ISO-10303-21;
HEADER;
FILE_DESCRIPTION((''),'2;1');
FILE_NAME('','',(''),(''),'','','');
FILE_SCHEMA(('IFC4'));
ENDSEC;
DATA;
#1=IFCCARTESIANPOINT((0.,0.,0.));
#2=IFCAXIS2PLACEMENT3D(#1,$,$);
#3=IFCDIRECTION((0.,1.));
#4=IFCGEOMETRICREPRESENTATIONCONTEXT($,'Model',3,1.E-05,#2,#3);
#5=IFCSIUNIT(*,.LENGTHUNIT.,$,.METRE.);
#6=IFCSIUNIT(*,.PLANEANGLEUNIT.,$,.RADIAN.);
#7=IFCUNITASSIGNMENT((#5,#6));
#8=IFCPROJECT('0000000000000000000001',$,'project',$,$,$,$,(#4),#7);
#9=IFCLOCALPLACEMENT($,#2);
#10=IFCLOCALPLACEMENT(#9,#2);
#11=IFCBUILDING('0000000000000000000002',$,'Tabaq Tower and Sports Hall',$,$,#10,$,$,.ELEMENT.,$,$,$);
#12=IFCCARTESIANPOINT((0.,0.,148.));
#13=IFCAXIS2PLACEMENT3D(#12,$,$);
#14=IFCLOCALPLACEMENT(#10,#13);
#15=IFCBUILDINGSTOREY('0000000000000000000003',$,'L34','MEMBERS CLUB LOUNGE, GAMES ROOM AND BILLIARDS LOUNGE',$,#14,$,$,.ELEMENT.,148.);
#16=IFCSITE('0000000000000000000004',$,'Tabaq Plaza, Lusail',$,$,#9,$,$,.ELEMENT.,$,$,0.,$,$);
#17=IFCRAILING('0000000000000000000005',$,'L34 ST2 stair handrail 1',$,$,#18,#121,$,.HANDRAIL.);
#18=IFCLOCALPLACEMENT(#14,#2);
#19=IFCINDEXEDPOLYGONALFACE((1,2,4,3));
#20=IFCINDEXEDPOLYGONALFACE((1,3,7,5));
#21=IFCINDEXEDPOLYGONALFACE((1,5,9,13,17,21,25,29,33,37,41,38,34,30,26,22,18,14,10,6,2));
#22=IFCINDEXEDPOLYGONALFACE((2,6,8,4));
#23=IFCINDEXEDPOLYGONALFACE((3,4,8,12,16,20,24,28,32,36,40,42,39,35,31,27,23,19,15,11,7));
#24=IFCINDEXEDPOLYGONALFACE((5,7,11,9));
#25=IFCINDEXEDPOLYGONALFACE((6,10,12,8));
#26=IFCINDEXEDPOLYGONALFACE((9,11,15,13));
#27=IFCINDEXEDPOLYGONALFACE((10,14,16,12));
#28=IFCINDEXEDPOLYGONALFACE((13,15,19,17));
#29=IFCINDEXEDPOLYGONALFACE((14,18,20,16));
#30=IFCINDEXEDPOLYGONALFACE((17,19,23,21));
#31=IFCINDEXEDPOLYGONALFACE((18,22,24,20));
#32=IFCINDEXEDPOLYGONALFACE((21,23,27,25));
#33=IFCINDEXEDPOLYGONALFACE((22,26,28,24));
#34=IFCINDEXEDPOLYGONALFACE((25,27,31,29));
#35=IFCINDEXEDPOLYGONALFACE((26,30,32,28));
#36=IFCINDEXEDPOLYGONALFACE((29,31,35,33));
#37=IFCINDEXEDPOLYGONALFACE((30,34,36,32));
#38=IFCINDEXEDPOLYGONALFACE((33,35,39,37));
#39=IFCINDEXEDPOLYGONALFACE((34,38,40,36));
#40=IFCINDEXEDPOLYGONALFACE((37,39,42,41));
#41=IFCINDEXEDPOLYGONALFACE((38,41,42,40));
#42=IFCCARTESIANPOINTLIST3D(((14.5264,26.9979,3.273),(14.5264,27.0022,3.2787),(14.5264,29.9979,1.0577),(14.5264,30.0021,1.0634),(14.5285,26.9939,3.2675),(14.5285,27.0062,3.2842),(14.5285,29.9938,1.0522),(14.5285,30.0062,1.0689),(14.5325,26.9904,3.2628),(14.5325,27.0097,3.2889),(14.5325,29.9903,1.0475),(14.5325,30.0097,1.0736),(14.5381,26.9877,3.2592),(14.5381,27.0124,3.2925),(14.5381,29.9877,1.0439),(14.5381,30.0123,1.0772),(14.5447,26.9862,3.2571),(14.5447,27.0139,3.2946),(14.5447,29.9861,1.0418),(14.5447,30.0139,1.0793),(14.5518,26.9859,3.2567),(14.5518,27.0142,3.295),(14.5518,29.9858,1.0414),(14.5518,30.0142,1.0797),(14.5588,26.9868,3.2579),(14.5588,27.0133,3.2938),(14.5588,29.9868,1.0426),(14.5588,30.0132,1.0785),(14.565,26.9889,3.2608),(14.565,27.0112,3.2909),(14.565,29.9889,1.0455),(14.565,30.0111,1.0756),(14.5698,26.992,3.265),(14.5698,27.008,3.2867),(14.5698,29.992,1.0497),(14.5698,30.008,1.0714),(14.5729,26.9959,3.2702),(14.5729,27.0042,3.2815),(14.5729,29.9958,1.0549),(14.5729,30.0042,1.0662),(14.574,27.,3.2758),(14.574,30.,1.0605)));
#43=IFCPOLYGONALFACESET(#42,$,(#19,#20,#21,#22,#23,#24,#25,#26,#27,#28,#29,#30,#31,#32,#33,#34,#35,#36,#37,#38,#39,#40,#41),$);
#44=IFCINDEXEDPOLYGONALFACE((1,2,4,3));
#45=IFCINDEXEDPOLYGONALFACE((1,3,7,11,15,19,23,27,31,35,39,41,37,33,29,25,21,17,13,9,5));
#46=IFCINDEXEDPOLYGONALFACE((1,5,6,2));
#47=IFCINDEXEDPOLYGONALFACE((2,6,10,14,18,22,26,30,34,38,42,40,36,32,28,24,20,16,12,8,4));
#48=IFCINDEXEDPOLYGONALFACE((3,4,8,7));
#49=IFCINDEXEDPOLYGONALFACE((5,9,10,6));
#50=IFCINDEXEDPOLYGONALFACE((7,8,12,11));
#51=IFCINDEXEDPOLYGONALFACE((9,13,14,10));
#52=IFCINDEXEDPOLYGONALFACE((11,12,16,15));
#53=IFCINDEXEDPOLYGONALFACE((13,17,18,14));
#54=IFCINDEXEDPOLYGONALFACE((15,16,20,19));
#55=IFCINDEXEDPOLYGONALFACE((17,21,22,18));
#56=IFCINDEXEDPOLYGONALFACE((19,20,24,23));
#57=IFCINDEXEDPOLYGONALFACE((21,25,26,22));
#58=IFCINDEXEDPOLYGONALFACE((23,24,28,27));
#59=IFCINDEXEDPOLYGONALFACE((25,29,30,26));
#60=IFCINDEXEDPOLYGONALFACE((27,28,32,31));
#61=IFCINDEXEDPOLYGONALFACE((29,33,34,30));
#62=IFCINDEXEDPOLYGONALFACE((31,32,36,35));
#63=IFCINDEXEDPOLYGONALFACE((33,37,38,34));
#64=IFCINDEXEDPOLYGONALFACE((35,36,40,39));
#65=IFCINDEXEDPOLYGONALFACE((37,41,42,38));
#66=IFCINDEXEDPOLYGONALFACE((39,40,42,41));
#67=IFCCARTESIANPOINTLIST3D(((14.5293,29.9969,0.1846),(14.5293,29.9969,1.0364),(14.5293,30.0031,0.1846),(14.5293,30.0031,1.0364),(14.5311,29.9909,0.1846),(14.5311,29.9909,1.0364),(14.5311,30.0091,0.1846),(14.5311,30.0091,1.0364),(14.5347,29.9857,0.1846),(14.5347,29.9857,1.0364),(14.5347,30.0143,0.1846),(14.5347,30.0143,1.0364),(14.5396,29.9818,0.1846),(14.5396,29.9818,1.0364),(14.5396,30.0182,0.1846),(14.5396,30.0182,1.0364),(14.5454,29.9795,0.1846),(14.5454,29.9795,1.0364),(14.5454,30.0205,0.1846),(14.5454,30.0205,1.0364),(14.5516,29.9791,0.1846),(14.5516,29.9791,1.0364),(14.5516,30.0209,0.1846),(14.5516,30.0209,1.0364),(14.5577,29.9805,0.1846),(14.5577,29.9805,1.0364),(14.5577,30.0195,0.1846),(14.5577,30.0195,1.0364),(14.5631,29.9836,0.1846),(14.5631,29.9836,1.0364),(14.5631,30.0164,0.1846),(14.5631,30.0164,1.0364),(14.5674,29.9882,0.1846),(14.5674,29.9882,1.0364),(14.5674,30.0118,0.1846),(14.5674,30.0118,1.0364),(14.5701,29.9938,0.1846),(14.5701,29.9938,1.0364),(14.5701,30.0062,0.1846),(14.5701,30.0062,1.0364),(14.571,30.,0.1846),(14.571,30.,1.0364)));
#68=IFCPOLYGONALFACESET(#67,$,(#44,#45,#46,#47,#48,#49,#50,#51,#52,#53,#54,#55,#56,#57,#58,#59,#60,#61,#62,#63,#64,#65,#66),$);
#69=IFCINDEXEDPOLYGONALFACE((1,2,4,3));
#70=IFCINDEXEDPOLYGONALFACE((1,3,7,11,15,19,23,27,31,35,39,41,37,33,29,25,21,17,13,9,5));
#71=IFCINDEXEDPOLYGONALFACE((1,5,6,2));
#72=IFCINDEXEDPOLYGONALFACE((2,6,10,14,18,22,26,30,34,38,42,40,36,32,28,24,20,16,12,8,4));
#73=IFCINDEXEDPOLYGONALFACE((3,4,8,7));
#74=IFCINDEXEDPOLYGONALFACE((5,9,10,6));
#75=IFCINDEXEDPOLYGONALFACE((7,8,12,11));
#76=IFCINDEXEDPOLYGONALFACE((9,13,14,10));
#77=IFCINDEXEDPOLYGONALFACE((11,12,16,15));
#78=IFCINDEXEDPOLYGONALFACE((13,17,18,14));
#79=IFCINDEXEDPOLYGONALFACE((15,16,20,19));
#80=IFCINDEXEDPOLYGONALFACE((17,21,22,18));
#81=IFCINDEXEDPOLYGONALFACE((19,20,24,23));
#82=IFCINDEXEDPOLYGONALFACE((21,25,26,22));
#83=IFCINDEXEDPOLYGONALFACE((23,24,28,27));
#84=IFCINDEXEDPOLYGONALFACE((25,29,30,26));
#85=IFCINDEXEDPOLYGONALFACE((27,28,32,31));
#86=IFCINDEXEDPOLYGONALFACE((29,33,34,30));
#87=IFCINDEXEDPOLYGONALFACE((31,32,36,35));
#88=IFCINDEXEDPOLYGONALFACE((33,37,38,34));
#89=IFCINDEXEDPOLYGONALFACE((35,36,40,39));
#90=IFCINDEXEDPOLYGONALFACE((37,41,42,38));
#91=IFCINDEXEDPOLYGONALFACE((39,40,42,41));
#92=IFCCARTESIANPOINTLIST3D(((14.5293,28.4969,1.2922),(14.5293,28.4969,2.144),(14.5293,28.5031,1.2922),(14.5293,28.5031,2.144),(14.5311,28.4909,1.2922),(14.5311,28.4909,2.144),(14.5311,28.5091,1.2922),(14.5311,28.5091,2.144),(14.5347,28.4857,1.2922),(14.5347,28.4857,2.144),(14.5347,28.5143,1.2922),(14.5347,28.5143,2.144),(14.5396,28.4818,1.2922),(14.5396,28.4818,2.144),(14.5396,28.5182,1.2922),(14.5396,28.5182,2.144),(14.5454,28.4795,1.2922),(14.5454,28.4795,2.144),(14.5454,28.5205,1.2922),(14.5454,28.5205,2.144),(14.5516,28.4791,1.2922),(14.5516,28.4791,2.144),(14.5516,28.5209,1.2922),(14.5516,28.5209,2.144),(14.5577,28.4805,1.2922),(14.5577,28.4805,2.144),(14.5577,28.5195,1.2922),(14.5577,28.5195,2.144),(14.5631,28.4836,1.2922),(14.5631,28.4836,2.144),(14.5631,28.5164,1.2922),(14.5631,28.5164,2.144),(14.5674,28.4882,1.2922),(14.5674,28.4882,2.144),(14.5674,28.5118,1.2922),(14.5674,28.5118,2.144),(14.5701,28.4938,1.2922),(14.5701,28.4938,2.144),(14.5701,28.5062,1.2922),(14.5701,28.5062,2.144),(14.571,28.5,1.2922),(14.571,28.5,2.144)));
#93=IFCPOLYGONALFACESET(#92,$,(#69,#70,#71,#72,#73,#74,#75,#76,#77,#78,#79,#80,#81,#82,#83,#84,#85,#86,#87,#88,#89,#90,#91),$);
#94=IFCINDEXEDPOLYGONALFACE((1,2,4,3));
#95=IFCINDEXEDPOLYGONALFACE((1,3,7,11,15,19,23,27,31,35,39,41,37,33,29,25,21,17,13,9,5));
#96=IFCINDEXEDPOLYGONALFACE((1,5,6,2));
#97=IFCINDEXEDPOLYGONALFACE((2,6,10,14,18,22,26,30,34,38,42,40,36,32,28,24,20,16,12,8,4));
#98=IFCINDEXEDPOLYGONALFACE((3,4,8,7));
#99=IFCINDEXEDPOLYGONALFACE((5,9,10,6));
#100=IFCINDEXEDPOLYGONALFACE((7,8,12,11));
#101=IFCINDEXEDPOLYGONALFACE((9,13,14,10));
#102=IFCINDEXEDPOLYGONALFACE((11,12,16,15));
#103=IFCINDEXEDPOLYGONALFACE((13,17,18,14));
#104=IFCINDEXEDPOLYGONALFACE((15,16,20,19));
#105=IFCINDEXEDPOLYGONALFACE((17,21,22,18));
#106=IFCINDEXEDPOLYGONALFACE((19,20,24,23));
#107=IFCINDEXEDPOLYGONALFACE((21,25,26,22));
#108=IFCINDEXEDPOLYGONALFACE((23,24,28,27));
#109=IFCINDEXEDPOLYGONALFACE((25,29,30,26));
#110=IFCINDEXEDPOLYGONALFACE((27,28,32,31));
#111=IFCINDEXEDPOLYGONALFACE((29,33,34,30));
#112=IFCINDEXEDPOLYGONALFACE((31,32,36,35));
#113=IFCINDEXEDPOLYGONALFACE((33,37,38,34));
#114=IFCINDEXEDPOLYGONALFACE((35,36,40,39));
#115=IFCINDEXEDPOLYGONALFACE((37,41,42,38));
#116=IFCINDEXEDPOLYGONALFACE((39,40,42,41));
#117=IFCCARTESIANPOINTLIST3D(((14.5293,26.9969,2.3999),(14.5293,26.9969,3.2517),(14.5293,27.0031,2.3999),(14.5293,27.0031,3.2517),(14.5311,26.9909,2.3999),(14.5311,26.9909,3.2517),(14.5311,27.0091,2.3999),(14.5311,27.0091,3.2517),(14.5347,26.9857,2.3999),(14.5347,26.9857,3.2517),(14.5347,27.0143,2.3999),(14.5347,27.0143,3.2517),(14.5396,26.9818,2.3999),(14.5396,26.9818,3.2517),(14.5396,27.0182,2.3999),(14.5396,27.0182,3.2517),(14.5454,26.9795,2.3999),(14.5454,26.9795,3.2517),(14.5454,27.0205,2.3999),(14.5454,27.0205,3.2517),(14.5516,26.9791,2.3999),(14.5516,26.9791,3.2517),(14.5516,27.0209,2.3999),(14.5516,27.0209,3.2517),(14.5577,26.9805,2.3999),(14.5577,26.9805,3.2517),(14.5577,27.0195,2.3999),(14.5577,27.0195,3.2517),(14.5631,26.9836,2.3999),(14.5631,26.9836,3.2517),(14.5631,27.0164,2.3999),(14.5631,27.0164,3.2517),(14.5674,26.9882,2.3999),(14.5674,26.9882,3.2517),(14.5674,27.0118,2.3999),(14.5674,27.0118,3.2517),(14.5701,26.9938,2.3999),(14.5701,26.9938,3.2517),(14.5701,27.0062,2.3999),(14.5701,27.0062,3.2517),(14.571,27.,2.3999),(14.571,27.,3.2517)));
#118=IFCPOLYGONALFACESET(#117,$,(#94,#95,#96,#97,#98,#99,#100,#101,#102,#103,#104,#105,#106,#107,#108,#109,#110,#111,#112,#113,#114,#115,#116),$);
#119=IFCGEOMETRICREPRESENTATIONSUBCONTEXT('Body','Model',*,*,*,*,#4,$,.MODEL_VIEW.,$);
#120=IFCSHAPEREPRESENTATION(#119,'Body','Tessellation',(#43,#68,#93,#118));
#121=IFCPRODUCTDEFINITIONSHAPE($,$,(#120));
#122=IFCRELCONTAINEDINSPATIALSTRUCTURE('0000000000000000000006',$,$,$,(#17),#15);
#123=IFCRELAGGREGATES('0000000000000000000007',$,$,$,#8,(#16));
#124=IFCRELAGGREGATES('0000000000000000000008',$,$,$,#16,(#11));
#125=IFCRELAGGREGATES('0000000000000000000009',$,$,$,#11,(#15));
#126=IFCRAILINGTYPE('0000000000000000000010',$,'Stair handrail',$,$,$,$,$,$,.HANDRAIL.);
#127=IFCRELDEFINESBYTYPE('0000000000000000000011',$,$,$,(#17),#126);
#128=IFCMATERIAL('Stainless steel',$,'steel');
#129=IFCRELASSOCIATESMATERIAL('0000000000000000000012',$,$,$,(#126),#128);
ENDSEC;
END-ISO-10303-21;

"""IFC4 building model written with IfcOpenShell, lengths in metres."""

from ifc_helpers import new_model, si_unit, direction, frame, origin, origin_2d, place, context, subcontext, project, spatial, circle, extrude, material, type_object, element, save


model = new_model("IFC4")

# Units and contexts
model_context = context("Model", 3, precision=1e-05, world=origin(), true_north=direction((0.0, 1.0)))
body_context = subcontext(model_context, "Body", "Model", "MODEL_VIEW")
ifc_project = project(units=[si_unit("LENGTHUNIT", "METRE"), si_unit("PLANEANGLEUNIT", "RADIAN")], contexts=[model_context])

# Site, building, storey
site_placement = place(None, origin())
site = spatial("IfcSite", under=ifc_project, at=site_placement, Name="Tabaq Plaza, Lusail", CompositionType="ELEMENT", RefElevation=0.0)
building_placement = place(site_placement, origin())
building = spatial("IfcBuilding", under=site, at=building_placement, Name="Tabaq Tower and Sports Hall", CompositionType="ELEMENT")
storey_placement = place(building_placement, frame((0.0, 0.0, 148.0)))
storey = spatial("IfcBuildingStorey", under=building, at=storey_placement, Name="L34", Description="MEMBERS CLUB LOUNGE, GAMES ROOM AND BILLIARDS LOUNGE", CompositionType="ELEMENT", Elevation=148.0)

# Railing
ifc_material_1 = material(Name="Stainless steel", Category="steel")
railing_type_1 = type_object("IfcRailingType", Name="Stair handrail", PredefinedType="HANDRAIL", material=ifc_material_1)
for number, where, name in (
    (1, (14.55, 30.0, 0.1846), "L34 ST2 stair handrail 1"),
):
    element("IfcRailing", number, at=place(storey_placement, frame(where)), inside=storey, type_object=railing_type_1, Name=name, PredefinedType="HANDRAIL", context=body_context, shape_type="SweptSolid", body=[
        extrude(circle(Radius=0.0239, at=origin_2d()), frame((0.0, 0.0, 0.876), z_axis=(0.0, -0.80444, 0.594034), x_axis=(1.0, 0.0, 0.0)), (0.0, 0.0, 1.0), 3.7292),
        extrude(circle(Radius=0.021, at=origin_2d()), origin(), (0.0, 0.0, 1.0), 0.8518),
        extrude(circle(Radius=0.021, at=origin_2d()), frame((0.0, -1.5, 1.1077)), (0.0, 0.0, 1.0), 0.8518),
        extrude(circle(Radius=0.021, at=origin_2d()), frame((0.0, -3.0, 2.2153)), (0.0, 0.0, 1.0), 0.8518),
    ])

save(model, "model.ifc")
